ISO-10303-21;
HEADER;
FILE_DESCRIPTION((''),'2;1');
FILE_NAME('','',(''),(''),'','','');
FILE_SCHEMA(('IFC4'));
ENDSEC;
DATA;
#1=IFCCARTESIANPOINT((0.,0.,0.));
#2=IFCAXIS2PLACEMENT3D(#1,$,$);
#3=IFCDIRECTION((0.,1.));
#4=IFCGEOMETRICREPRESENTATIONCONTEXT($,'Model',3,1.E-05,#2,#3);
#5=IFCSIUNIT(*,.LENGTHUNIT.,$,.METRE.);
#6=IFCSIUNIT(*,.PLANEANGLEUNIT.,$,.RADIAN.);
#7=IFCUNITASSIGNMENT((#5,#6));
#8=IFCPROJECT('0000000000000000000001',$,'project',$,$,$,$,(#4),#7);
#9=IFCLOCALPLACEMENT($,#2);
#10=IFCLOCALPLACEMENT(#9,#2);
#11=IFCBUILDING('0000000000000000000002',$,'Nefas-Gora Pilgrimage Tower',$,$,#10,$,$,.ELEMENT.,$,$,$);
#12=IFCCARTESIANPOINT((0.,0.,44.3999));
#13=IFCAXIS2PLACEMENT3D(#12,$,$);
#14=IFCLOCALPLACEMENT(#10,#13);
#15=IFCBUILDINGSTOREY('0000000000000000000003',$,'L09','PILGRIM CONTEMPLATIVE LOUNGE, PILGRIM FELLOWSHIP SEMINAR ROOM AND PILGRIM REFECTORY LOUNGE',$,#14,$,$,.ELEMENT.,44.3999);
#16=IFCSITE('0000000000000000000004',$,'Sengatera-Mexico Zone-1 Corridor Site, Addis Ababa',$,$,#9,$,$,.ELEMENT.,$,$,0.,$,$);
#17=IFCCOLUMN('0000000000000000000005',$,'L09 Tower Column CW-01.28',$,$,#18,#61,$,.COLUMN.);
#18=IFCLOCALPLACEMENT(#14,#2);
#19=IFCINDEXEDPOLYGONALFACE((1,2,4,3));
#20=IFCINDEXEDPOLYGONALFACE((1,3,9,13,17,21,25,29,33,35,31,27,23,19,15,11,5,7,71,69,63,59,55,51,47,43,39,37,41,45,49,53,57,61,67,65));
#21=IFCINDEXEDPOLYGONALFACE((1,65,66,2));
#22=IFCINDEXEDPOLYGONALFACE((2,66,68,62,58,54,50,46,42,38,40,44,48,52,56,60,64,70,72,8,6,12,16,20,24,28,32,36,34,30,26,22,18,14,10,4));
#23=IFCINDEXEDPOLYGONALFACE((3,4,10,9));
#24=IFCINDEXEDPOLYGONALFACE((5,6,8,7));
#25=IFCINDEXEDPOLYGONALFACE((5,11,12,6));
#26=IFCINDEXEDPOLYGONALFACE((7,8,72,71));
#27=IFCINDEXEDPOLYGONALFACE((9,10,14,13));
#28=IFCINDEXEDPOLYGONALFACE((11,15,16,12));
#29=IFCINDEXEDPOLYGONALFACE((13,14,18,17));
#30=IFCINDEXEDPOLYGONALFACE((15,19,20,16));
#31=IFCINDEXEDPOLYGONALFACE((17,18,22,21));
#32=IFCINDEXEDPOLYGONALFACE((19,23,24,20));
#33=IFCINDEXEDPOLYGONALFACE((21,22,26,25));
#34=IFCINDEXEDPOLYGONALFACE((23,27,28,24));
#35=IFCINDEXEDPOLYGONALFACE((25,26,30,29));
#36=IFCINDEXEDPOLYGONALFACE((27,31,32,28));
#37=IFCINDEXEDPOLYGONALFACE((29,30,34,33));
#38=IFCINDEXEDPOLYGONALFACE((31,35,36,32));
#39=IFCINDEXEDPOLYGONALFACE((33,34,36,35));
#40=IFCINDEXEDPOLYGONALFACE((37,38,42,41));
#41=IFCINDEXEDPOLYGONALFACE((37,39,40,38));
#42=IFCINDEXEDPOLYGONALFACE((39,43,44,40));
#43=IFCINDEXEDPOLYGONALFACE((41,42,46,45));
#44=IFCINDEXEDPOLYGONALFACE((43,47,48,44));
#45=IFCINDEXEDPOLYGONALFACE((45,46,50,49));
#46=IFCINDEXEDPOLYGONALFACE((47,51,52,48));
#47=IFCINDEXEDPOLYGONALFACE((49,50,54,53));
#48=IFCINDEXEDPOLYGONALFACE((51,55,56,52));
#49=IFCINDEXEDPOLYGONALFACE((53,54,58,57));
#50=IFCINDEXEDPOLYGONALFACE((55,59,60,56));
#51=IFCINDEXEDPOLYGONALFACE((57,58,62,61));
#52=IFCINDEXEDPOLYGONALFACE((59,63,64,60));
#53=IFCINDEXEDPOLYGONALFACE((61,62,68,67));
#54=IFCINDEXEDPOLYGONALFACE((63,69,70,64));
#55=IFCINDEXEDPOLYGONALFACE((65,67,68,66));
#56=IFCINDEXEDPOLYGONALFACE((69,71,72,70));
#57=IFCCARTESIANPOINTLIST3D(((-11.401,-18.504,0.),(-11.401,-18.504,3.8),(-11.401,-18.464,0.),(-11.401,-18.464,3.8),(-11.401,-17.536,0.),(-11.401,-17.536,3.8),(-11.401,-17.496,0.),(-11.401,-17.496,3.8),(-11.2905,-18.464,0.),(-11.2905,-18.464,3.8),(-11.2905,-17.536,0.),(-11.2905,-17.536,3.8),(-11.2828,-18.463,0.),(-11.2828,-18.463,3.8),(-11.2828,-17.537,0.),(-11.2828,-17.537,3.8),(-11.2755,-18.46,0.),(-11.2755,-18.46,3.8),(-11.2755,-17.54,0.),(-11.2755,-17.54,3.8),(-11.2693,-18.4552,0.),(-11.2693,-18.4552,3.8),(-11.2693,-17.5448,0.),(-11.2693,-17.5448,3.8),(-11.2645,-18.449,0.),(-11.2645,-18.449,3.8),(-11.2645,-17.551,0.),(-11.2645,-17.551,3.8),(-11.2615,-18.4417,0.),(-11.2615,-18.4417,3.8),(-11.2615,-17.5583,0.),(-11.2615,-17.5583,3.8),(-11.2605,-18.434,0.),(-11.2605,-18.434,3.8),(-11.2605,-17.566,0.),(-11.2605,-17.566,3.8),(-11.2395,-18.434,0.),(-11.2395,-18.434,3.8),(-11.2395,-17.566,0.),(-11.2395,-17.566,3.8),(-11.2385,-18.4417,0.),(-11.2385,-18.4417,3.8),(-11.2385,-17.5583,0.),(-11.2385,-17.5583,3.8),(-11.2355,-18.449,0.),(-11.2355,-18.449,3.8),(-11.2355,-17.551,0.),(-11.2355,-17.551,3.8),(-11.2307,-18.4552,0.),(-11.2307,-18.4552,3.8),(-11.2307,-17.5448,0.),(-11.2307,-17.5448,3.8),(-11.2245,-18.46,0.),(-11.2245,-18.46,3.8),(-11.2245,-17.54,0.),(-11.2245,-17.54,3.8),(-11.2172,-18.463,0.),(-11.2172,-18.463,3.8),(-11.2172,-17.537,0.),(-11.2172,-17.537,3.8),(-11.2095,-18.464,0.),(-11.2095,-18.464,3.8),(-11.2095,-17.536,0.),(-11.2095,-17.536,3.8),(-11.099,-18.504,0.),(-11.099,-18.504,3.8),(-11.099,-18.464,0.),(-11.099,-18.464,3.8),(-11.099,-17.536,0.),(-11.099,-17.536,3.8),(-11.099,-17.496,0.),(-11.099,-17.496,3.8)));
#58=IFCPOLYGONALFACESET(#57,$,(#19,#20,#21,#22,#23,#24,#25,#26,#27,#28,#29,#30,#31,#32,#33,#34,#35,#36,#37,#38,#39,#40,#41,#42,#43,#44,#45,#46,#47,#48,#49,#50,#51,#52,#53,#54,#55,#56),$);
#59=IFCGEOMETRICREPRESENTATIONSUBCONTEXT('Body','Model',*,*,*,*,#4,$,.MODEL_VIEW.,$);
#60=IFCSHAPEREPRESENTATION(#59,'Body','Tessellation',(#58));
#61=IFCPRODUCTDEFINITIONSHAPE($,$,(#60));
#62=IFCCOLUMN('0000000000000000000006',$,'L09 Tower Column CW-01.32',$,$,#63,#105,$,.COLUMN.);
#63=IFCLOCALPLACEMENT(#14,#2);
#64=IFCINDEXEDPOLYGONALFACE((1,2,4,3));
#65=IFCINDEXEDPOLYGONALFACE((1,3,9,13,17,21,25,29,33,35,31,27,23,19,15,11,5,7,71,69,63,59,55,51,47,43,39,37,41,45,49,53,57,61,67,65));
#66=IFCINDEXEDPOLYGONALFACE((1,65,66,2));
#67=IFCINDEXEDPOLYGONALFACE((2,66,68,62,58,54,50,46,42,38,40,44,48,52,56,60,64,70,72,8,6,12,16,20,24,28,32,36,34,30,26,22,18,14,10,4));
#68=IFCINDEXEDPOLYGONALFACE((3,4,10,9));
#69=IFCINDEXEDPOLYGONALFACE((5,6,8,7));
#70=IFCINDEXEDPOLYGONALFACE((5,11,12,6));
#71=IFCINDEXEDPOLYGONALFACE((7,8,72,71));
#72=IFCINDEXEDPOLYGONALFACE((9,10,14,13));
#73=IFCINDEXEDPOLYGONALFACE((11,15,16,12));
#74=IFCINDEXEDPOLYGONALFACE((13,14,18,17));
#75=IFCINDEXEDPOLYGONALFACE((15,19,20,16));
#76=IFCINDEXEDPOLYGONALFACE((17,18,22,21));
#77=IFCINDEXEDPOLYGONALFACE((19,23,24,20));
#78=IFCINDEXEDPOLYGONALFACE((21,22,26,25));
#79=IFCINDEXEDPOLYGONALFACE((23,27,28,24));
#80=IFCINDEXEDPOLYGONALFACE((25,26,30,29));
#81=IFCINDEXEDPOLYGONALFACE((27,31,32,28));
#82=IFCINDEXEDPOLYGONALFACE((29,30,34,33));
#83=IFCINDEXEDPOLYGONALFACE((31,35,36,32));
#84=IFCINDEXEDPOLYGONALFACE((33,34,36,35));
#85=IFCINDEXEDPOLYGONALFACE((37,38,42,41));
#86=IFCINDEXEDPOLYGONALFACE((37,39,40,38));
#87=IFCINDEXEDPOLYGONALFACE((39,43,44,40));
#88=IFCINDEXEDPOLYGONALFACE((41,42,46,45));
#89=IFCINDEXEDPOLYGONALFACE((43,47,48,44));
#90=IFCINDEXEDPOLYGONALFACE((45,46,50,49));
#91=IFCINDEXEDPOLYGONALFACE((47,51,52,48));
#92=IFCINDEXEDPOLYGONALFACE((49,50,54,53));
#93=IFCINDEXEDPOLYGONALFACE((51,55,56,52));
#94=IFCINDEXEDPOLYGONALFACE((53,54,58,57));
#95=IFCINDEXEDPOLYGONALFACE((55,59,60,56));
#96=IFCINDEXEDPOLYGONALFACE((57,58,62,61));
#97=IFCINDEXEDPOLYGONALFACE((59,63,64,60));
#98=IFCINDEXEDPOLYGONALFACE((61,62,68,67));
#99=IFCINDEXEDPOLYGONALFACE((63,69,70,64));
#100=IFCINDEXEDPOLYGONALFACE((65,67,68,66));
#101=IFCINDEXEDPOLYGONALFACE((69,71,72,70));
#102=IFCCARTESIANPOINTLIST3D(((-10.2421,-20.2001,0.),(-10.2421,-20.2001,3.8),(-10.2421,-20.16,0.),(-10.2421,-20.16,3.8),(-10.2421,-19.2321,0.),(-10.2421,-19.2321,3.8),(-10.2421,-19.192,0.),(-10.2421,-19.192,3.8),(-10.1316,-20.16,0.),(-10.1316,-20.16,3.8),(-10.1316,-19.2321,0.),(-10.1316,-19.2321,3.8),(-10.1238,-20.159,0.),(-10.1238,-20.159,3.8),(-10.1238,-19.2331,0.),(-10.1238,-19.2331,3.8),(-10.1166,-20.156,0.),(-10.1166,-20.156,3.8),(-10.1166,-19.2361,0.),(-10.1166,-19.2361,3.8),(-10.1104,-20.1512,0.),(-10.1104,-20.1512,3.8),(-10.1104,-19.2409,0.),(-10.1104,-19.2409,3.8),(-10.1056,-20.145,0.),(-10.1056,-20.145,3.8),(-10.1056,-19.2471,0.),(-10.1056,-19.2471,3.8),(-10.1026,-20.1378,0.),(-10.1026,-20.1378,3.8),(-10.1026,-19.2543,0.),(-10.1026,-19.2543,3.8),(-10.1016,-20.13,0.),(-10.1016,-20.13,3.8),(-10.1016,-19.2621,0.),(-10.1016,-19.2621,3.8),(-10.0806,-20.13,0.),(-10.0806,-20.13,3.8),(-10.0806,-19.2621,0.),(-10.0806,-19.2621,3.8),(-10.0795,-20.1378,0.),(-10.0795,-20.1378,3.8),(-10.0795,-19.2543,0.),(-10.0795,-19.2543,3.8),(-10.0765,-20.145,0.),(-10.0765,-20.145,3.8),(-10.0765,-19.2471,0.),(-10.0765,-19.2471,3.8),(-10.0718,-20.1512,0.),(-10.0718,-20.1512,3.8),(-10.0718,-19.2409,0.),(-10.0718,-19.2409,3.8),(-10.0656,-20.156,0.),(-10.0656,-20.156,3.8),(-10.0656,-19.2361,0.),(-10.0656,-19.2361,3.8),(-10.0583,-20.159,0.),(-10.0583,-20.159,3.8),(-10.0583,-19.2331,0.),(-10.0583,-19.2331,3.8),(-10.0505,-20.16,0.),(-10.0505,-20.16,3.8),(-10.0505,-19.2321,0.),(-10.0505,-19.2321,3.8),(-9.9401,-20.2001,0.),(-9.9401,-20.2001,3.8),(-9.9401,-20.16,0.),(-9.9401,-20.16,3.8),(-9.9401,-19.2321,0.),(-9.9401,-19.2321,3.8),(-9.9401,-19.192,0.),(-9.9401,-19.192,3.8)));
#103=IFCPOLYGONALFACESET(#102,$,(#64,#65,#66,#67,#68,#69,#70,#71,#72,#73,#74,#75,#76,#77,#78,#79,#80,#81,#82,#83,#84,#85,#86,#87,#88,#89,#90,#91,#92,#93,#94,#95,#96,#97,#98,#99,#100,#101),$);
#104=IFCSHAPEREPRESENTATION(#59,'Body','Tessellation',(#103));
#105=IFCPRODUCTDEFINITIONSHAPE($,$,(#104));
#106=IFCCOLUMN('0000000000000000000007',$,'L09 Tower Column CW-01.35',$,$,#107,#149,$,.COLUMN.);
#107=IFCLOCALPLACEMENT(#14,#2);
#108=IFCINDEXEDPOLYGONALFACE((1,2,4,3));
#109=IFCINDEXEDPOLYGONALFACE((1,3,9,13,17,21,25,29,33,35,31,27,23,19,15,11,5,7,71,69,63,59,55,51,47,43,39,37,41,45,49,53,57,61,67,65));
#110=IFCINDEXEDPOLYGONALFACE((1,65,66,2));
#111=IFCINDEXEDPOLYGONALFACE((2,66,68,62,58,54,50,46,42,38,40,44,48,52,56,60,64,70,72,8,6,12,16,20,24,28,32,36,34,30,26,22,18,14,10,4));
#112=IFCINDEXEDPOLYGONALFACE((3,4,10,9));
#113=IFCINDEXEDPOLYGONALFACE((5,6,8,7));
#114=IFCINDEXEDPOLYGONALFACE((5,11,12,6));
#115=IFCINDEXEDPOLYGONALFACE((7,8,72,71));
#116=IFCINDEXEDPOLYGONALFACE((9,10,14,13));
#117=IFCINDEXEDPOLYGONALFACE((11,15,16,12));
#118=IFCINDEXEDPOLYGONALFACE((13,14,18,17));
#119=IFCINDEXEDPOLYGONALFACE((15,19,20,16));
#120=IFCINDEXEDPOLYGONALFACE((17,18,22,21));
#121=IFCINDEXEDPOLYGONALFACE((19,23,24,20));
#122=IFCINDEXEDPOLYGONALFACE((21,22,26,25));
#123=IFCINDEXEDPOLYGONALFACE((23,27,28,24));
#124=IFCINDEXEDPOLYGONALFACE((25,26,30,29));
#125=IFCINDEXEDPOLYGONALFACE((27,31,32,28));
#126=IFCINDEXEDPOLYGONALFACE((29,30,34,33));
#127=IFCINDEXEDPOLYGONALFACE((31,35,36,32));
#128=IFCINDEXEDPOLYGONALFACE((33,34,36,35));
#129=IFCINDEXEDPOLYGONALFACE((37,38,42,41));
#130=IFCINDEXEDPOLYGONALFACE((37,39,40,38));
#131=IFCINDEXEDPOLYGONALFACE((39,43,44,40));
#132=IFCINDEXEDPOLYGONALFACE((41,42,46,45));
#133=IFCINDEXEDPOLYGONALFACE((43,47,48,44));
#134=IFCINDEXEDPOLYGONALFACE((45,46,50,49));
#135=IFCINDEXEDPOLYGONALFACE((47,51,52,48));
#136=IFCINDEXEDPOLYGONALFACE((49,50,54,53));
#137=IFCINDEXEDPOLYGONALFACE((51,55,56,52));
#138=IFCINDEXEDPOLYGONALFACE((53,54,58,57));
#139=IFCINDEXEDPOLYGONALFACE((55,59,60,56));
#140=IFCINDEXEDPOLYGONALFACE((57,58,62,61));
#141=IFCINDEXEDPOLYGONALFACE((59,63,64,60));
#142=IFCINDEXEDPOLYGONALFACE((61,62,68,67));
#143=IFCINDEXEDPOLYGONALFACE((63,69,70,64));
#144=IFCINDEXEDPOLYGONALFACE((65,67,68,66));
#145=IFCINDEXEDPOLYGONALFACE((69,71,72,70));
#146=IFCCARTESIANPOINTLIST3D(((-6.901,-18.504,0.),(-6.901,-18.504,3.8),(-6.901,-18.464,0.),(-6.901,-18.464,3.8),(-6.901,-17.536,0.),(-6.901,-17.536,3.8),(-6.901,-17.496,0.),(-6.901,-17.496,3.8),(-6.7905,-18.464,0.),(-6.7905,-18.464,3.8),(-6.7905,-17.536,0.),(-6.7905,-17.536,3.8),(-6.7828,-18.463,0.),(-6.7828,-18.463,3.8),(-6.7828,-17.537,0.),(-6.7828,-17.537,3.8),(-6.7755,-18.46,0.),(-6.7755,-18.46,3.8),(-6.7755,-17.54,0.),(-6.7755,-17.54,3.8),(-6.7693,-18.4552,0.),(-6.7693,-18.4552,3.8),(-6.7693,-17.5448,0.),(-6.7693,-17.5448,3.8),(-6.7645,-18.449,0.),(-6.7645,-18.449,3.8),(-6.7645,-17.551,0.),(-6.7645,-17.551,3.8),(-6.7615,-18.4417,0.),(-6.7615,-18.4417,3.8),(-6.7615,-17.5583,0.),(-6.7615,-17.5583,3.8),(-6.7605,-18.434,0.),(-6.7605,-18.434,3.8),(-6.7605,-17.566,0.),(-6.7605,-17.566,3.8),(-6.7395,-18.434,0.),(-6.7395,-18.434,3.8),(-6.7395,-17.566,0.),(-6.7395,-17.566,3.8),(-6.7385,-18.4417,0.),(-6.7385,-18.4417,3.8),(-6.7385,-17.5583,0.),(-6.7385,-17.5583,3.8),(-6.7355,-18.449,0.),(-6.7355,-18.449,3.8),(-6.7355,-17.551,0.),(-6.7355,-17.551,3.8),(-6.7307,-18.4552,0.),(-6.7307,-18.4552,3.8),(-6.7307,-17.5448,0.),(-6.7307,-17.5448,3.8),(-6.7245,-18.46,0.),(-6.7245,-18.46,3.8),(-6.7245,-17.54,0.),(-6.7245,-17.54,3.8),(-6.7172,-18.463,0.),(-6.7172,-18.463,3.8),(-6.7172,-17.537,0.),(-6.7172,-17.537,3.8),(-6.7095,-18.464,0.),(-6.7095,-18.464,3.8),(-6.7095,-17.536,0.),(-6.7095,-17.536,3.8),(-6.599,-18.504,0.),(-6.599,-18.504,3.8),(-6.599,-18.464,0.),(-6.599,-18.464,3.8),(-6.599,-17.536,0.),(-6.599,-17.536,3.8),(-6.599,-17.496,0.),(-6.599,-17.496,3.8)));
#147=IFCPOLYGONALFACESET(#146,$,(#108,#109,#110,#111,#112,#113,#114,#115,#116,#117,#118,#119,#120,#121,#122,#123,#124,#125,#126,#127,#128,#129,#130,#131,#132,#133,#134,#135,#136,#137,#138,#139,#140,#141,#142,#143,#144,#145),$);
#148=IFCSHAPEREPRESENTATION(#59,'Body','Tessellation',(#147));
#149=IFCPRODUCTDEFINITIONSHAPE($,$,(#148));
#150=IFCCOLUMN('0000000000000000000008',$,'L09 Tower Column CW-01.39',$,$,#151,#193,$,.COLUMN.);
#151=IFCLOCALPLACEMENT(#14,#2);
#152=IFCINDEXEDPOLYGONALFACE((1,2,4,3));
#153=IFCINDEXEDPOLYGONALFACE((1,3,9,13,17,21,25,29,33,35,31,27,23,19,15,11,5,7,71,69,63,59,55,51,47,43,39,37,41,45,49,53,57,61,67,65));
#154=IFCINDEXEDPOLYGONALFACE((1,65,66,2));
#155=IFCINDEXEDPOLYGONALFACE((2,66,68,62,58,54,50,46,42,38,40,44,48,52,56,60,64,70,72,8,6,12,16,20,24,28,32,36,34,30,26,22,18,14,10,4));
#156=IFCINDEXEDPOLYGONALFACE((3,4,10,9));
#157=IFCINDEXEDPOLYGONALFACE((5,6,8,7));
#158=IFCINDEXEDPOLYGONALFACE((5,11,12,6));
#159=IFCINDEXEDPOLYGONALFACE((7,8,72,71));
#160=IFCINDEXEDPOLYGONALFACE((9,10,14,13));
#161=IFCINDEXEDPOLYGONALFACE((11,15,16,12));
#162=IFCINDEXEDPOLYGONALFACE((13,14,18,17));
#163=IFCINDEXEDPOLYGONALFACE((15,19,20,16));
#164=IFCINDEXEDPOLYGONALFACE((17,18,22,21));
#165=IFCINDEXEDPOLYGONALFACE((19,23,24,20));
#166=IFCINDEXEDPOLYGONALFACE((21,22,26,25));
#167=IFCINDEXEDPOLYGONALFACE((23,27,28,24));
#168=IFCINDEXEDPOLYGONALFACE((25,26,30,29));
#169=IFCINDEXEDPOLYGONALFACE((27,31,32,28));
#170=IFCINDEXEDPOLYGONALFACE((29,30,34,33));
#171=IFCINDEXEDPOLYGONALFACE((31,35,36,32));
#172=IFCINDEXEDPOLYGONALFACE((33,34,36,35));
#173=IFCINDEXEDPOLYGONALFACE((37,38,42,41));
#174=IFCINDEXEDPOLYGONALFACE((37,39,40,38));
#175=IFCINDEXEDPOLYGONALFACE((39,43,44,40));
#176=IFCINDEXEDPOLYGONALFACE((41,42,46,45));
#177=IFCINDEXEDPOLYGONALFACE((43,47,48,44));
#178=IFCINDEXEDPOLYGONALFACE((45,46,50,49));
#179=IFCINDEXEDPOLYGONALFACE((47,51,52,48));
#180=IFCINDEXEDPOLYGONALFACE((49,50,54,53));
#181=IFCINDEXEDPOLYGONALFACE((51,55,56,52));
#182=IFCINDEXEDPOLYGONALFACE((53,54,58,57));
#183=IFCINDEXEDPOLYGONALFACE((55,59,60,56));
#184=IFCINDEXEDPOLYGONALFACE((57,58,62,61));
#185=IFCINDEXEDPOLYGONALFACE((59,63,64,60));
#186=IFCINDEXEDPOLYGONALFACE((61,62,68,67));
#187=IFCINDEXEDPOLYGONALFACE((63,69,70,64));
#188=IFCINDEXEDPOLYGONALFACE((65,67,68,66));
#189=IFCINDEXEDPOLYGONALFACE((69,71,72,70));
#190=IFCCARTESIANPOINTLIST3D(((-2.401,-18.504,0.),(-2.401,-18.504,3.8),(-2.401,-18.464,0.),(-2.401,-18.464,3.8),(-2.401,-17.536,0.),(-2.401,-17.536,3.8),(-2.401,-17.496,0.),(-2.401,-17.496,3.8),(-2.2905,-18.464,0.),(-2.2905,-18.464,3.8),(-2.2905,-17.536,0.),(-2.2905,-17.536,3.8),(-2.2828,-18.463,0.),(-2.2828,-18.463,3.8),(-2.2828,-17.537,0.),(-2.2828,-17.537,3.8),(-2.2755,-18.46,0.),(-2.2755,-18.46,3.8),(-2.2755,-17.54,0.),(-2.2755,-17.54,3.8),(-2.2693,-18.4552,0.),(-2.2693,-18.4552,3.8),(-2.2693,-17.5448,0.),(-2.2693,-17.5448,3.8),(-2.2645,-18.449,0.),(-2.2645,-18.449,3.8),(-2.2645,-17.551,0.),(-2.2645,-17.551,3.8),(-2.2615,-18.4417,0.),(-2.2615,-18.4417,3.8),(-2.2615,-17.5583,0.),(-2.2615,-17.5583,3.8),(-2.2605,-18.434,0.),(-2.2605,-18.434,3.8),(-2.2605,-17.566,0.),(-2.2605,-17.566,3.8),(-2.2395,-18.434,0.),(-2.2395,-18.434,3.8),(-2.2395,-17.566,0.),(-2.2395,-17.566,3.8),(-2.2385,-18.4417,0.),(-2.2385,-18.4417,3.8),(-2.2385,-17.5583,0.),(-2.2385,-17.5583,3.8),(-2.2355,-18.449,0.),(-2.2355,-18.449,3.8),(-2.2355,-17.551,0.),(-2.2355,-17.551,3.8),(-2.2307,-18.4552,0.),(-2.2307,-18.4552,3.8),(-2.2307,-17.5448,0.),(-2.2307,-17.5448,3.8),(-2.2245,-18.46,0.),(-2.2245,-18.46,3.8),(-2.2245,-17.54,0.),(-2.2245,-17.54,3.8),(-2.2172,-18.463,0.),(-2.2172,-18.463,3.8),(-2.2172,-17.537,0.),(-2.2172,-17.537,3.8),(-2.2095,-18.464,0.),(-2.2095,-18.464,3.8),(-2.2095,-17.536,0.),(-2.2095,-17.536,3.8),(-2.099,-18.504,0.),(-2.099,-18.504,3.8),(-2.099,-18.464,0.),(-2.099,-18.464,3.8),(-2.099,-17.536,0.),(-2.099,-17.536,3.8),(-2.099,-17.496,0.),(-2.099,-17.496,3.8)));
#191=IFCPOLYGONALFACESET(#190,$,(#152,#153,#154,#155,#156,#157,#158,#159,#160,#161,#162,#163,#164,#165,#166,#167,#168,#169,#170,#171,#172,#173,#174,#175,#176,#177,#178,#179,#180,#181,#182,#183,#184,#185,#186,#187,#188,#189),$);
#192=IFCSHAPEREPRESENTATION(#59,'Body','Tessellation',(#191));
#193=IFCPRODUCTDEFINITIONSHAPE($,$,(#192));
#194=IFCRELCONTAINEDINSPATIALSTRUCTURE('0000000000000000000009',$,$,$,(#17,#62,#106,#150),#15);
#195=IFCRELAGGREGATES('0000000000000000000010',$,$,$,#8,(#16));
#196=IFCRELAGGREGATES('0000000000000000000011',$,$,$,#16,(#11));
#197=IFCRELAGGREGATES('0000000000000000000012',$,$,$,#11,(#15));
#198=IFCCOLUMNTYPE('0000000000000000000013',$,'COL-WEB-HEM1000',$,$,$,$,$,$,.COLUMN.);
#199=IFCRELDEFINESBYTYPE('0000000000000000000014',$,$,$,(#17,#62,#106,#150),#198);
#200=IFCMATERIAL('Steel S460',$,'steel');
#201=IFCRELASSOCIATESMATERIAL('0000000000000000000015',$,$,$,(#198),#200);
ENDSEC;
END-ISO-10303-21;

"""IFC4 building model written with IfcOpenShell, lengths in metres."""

from ifc_helpers import new_model, si_unit, direction, frame, origin, origin_2d, place, context, subcontext, project, spatial, i_section, extrude, source, transform, mapped, material, material_profile, profile_set, type_object, element, save


model = new_model("IFC4")

# Units and contexts
model_context = context("Model", 3, precision=1e-05, world=origin(), true_north=direction((0.0, 1.0)))
body_context = subcontext(model_context, "Body", "Model", "MODEL_VIEW")
ifc_project = project(units=[si_unit("LENGTHUNIT", "METRE"), si_unit("PLANEANGLEUNIT", "RADIAN")], contexts=[model_context])

# Site, building, storey
site_placement = place(None, origin())
site = spatial("IfcSite", under=ifc_project, at=site_placement, Name="Sengatera-Mexico Zone-1 Corridor Site, Addis Ababa", CompositionType="ELEMENT", RefElevation=0.0)
building_placement = place(site_placement, origin())
building = spatial("IfcBuilding", under=site, at=building_placement, Name="Nefas-Gora Pilgrimage Tower", CompositionType="ELEMENT")
storey_placement = place(building_placement, frame((0.0, 0.0, 44.3999)))
storey = spatial("IfcBuildingStorey", under=building, at=storey_placement, Name="L09", Description="PILGRIM CONTEMPLATIVE LOUNGE, PILGRIM FELLOWSHIP SEMINAR ROOM AND PILGRIM REFECTORY LOUNGE", CompositionType="ELEMENT", Elevation=44.3999)

# Columns
ifc_material_1 = material(Name="Steel S460", Category="steel")
ifc_material_profile_1 = material_profile(ifc_material_1, i_section(OverallWidth=0.302, OverallDepth=1.0081, WebThickness=0.021, FlangeThickness=0.04, FilletRadius=0.03, at=origin_2d()), Name="HEM 1000")
ifc_profile_set_1 = profile_set([ifc_material_profile_1], Name="Steel S460")
column_type = type_object("IfcColumnType", Name="COL-WEB-HEM1000", PredefinedType="COLUMN", material=ifc_profile_set_1)
shared_shape_1 = source(origin(), body_context, "Body", "SweptSolid", [
    extrude(i_section(OverallWidth=0.302, OverallDepth=1.0081, WebThickness=0.021, FlangeThickness=0.04, FilletRadius=0.03, at=origin_2d()), origin(), (0.0, 0.0, 1.0), 3.8),
])
for number, where, z_axis, x_axis, name in (
    (1, (-11.25, -18.0, 0.0), (0.0, 0.0, 1.0), (1.0, 0.0, 0.0), "L09 Tower Column CW-01.28"),
    (2, (-10.0911, -19.696, 0.0), (0.0, 0.0, 1.0), (1.0, 0.0, 0.0), "L09 Tower Column CW-01.32"),
    (3, (-6.75, -18.0, 0.0), (0.0, 0.0, 1.0), (1.0, 0.0, 0.0), "L09 Tower Column CW-01.35"),
    (4, (-2.25, -18.0, 0.0), (0.0, 0.0, 1.0), (1.0, 0.0, 0.0), "L09 Tower Column CW-01.39"),
):
    element("IfcColumn", number, at=place(storey_placement, frame(where, z_axis=z_axis, x_axis=x_axis)), inside=storey, type_object=column_type, Name=name, PredefinedType="COLUMN", context=body_context, shape_type="MappedRepresentation", body=[
        mapped(shared_shape_1, transform((0.0, 0.0, 0.0), x_axis=(1.0, 0.0, 0.0), y_axis=(0.0, 1.0, 0.0), z_axis=(0.0, 0.0, 1.0), scale=1.0)),
    ])

save(model, "model.ifc")
